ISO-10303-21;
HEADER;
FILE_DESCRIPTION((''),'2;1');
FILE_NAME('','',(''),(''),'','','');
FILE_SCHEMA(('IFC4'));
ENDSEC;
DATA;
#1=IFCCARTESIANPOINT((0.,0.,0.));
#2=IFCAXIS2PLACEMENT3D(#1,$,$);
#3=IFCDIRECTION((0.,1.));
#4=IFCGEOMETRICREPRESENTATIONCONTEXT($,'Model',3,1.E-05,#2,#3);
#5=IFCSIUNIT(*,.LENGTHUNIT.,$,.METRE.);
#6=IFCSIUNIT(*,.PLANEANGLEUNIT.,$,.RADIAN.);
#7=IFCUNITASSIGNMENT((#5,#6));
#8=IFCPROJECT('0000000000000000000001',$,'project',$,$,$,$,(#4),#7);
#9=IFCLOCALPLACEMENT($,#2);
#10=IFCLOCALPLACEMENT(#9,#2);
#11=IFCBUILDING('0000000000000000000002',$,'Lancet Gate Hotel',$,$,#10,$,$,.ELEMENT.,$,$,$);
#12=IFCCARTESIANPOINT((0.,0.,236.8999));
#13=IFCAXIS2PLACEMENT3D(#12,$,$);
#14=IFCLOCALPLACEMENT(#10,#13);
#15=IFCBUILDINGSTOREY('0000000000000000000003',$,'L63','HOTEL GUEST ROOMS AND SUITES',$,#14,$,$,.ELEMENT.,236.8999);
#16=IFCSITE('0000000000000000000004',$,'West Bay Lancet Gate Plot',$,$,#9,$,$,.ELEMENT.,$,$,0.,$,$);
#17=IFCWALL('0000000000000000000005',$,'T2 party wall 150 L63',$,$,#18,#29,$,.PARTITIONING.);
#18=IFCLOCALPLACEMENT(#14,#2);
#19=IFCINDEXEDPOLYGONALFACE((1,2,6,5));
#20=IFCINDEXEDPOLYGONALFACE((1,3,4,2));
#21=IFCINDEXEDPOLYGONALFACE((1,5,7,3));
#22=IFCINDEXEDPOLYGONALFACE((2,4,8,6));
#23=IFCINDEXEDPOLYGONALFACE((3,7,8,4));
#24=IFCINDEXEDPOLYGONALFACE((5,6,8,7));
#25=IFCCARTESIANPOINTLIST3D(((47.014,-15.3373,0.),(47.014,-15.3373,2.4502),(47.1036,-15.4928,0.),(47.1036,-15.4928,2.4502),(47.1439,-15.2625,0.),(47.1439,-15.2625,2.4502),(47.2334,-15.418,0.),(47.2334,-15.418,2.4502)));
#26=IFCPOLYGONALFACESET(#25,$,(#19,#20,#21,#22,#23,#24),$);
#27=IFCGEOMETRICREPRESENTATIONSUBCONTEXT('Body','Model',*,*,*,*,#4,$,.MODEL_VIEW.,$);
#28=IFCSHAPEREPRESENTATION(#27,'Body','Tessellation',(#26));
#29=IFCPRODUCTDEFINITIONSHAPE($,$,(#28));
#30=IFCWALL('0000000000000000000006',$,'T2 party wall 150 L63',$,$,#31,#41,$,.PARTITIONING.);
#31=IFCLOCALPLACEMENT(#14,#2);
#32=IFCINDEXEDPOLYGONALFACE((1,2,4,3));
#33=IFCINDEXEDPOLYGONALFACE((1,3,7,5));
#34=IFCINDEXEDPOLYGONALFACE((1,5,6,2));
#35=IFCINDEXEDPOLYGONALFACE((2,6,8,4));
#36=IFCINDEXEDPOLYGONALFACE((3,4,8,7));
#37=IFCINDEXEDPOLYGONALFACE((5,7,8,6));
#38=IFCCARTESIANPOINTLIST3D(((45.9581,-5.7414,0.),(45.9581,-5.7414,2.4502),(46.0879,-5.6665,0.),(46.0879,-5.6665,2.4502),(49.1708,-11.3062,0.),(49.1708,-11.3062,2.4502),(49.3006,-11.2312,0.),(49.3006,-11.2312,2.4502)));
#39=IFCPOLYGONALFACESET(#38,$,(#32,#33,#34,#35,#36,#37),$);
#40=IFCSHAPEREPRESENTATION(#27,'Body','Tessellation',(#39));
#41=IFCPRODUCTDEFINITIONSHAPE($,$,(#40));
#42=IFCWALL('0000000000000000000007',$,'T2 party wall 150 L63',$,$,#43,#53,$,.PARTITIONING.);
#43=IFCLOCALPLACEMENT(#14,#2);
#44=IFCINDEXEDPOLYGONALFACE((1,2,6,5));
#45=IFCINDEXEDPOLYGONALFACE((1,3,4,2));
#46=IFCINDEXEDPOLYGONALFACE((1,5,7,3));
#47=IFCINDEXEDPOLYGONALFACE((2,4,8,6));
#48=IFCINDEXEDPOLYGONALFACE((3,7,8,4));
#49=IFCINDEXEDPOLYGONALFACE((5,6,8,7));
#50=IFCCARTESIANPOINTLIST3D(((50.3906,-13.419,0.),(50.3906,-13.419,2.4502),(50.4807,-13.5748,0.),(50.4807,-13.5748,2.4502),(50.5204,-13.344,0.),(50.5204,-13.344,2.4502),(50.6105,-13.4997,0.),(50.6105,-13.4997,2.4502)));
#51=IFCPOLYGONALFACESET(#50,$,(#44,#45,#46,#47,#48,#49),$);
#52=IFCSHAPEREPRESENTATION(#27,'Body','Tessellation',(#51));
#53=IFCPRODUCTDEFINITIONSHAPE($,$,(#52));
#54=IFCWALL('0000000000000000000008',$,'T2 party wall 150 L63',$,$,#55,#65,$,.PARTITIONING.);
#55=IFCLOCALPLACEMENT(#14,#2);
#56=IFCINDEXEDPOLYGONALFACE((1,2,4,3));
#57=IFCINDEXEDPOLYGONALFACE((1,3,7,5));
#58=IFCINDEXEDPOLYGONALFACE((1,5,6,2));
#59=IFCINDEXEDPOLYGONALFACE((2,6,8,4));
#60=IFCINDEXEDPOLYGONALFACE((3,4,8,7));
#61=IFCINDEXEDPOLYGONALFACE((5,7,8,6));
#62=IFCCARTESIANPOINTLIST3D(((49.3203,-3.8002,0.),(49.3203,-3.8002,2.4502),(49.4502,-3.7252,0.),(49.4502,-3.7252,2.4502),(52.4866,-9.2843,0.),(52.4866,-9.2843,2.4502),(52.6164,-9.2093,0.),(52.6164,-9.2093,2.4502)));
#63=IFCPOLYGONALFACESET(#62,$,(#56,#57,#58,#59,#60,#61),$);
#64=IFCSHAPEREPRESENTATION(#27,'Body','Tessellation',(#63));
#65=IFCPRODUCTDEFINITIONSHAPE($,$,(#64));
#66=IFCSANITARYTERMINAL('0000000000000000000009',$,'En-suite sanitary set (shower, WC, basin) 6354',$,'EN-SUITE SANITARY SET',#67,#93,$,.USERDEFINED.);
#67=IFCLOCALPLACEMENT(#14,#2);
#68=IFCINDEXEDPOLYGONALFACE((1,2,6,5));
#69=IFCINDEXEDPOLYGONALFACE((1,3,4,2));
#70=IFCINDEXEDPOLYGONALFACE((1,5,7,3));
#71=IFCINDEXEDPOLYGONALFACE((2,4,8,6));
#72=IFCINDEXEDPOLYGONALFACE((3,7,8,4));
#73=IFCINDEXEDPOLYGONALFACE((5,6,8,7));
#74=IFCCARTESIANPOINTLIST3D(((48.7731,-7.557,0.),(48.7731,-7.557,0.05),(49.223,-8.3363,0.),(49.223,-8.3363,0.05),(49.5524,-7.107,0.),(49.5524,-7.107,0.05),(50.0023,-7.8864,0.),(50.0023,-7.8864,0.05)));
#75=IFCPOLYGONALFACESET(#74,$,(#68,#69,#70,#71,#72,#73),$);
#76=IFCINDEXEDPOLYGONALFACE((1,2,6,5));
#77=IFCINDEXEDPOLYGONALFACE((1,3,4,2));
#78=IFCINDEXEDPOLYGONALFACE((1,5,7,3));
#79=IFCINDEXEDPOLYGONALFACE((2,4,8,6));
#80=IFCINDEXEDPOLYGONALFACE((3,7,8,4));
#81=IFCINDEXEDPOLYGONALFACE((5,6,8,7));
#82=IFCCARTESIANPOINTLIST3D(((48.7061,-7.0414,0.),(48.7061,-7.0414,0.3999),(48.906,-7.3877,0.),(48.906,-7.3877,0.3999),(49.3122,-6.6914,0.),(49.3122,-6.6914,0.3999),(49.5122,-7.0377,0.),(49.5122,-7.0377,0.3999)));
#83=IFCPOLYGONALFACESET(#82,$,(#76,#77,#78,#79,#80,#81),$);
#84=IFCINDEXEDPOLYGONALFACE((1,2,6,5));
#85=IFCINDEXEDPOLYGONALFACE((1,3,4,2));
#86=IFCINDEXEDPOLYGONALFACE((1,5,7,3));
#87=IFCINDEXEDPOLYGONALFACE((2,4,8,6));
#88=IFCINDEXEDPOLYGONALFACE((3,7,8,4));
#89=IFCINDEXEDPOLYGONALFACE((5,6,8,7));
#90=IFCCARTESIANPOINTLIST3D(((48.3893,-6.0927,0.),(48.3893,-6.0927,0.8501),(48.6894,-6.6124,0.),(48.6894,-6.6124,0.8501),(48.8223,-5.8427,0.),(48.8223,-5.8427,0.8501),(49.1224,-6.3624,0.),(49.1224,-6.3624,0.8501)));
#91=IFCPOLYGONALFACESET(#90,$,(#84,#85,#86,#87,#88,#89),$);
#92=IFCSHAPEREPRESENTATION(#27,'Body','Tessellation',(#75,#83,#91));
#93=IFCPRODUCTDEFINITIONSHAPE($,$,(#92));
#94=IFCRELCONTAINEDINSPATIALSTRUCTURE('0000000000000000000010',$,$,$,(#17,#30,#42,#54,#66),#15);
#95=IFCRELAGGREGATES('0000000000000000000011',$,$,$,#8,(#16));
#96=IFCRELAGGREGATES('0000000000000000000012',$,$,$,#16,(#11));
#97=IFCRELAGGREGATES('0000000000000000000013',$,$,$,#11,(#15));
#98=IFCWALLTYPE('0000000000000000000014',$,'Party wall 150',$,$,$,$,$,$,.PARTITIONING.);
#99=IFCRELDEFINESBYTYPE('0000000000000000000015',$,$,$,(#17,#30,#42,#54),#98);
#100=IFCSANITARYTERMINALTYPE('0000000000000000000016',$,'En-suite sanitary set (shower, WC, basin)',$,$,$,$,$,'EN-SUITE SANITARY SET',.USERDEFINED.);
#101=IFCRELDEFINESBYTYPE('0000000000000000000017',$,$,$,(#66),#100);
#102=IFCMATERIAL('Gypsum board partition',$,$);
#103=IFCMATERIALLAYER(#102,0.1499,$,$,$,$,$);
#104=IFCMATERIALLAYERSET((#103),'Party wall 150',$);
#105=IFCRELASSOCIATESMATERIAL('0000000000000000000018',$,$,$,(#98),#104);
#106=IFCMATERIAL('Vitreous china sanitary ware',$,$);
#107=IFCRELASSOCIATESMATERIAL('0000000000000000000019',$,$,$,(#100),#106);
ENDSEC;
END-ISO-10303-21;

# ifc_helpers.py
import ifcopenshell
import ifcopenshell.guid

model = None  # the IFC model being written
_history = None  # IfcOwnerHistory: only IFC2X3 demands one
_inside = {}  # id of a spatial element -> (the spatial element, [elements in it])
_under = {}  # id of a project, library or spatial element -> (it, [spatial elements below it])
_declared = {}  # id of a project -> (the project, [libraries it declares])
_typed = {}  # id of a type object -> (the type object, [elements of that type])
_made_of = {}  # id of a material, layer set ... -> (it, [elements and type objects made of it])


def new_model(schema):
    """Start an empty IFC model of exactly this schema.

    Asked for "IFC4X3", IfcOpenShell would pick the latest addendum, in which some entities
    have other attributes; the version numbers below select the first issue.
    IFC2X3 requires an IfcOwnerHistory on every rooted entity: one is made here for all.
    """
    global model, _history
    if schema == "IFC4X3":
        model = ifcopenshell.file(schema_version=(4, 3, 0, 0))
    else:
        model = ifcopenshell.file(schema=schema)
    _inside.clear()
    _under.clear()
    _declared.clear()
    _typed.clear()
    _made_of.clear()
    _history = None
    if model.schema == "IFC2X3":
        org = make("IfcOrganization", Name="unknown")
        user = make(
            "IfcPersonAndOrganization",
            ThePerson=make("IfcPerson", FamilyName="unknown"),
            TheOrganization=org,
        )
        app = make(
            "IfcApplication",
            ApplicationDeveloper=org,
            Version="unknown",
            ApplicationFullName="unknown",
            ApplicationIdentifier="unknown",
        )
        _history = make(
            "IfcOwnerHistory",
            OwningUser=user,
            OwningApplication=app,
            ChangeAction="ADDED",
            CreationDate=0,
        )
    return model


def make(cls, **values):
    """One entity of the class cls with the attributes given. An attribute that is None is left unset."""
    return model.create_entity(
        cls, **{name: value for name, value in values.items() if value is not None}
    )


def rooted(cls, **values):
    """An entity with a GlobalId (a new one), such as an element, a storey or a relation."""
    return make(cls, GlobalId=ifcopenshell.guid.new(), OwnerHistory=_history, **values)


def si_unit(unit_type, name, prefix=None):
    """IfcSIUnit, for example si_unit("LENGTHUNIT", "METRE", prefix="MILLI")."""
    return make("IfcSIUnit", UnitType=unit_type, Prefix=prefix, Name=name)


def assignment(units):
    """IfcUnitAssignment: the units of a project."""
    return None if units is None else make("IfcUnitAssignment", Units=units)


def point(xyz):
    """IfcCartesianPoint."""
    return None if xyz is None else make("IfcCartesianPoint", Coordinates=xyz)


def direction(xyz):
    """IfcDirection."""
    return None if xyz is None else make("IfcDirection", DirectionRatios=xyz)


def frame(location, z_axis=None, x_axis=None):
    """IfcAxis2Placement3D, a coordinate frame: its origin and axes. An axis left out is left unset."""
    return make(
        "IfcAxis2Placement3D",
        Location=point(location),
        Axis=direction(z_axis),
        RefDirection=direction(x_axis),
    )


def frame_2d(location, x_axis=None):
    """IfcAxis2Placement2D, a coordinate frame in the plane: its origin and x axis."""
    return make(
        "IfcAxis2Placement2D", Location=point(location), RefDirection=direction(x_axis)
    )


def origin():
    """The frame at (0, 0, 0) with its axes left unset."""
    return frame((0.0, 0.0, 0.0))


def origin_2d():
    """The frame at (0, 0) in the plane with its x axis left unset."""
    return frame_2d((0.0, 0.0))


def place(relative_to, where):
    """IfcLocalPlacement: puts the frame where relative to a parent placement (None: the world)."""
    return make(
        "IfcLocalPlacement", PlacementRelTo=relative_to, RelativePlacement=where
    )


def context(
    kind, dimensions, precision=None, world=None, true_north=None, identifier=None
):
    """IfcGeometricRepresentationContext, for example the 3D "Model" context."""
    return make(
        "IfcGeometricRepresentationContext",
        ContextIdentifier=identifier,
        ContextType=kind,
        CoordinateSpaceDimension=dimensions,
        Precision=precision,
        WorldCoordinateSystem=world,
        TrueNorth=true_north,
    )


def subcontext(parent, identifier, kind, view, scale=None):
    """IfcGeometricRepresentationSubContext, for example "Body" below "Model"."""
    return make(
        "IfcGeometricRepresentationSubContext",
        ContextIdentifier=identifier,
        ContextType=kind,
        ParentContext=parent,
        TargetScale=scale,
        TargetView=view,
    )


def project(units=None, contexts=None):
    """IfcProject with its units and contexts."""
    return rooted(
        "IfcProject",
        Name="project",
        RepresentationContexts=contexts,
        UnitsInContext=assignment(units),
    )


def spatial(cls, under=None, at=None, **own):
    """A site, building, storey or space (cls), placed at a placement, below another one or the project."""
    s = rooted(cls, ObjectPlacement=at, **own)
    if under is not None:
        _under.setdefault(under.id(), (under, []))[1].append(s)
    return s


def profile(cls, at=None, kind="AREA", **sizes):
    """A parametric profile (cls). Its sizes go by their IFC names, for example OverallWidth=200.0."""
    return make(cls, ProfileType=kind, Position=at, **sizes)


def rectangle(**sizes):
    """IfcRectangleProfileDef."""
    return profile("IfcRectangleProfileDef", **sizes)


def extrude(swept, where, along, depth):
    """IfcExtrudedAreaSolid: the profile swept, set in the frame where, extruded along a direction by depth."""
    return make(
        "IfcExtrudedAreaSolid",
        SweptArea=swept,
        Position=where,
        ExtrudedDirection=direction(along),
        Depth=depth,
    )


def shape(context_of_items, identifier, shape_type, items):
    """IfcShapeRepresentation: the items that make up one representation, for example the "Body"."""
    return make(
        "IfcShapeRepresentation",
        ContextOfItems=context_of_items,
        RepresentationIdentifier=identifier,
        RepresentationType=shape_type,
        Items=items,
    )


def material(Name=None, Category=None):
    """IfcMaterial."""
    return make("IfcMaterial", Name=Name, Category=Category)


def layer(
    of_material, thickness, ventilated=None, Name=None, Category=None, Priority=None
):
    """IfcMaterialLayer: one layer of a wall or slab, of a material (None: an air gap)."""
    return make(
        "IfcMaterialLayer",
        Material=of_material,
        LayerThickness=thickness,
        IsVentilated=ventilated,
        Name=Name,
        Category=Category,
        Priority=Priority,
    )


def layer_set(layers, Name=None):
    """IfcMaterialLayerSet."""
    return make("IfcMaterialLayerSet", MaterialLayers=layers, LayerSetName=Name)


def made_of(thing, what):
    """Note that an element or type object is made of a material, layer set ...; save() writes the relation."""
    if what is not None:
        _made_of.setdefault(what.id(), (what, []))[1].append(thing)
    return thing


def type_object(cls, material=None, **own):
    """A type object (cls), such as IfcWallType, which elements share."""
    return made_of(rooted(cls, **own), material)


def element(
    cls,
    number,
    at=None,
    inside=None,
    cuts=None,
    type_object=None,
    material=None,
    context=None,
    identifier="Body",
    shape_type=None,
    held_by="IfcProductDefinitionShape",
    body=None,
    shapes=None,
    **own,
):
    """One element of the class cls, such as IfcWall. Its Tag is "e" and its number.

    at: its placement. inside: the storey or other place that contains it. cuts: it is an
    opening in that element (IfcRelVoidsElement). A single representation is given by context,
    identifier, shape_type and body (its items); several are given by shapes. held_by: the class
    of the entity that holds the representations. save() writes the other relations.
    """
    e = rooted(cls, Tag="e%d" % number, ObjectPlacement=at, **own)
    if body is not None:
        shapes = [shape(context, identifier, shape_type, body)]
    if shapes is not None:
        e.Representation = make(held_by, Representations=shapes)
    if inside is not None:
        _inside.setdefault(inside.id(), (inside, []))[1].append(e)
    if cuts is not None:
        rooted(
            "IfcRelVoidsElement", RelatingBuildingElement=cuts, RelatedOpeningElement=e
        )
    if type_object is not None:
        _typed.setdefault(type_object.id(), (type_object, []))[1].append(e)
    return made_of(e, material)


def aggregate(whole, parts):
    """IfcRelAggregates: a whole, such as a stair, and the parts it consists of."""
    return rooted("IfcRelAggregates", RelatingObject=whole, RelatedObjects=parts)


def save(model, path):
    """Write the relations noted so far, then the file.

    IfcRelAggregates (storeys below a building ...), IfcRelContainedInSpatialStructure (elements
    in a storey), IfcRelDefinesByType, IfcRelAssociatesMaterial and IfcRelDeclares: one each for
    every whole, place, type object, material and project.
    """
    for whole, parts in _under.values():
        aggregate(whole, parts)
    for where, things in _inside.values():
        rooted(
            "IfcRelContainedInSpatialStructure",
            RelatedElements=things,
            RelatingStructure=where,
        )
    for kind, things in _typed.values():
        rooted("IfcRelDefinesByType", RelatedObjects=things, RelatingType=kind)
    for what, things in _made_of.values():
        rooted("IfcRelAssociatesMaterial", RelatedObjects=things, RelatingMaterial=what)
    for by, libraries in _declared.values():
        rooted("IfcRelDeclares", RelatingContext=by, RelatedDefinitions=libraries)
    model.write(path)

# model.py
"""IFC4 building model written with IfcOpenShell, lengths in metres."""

from ifc_helpers import new_model, si_unit, direction, frame, frame_2d, origin, origin_2d, place, context, subcontext, project, spatial, rectangle, extrude, material, layer, layer_set, type_object, element, save


model = new_model("IFC4")

# Units and contexts
model_context = context("Model", 3, precision=1e-05, world=origin(), true_north=direction((0.0, 1.0)))
body_context = subcontext(model_context, "Body", "Model", "MODEL_VIEW")
ifc_project = project(units=[si_unit("LENGTHUNIT", "METRE"), si_unit("PLANEANGLEUNIT", "RADIAN")], contexts=[model_context])

# Site, building, storey
site_placement = place(None, origin())
site = spatial("IfcSite", under=ifc_project, at=site_placement, Name="West Bay Lancet Gate Plot", CompositionType="ELEMENT", RefElevation=0.0)
building_placement = place(site_placement, origin())
building = spatial("IfcBuilding", under=site, at=building_placement, Name="Lancet Gate Hotel", CompositionType="ELEMENT")
storey_placement = place(building_placement, frame((0.0, 0.0, 236.8999)))
storey = spatial("IfcBuildingStorey", under=building, at=storey_placement, Name="L63", Description="HOTEL GUEST ROOMS AND SUITES", CompositionType="ELEMENT", Elevation=236.8999)

# Walls
ifc_material_1 = material(Name="Gypsum board partition")
ifc_layer_1 = layer(ifc_material_1, 0.1499)
ifc_layer_set_1 = layer_set([ifc_layer_1], Name="Party wall 150")
wall_type_1 = type_object("IfcWallType", Name="Party wall 150", PredefinedType="PARTITIONING", material=ifc_layer_set_1)
wall_1_placement = place(storey_placement, frame((47.0789, -15.2998, 0.0), z_axis=(0.0, 0.0, 1.0), x_axis=(0.499212, -0.86648, 0.0)))
element("IfcWall", 1, at=wall_1_placement, inside=storey, type_object=wall_type_1, Name="T2 party wall 150 L63", PredefinedType="PARTITIONING", context=body_context, shape_type="SweptSolid", body=[
    extrude(rectangle(XDim=0.1794, YDim=0.1499, at=frame_2d((0.0898, 0.0))), origin(), (0.0, 0.0, 1.0), 2.4502),
])
wall_2_placement = place(storey_placement, frame((46.0229, -5.7039, 0.0), z_axis=(0.0, 0.0, 1.0), x_axis=(0.499984, -0.866034, 0.0)))
element("IfcWall", 2, at=wall_2_placement, inside=storey, type_object=wall_type_1, Name="T2 party wall 150 L63", PredefinedType="PARTITIONING", context=body_context, shape_type="SweptSolid", body=[
    extrude(rectangle(XDim=6.4255, YDim=0.1499, at=frame_2d((3.2129, 0.0))), origin(), (0.0, 0.0, 1.0), 2.4502),
])
wall_3_placement = place(storey_placement, frame((50.4556, -13.3816, 0.0), z_axis=(0.0, 0.0, 1.0), x_axis=(0.500662, -0.865643, 0.0)))
element("IfcWall", 3, at=wall_3_placement, inside=storey, type_object=wall_type_1, Name="T2 party wall 150 L63", PredefinedType="PARTITIONING", context=body_context, shape_type="SweptSolid", body=[
    extrude(rectangle(XDim=0.1799, YDim=0.1499, at=frame_2d((0.0898, 0.0))), origin(), (0.0, 0.0, 1.0), 2.4502),
])
wall_4_placement = place(storey_placement, frame((49.3853, -3.7627, 0.0), z_axis=(0.0, 0.0, 1.0), x_axis=(0.499999, -0.866026, 0.0)))
element("IfcWall", 4, at=wall_4_placement, inside=storey, type_object=wall_type_1, Name="T2 party wall 150 L63", PredefinedType="PARTITIONING", context=body_context, shape_type="SweptSolid", body=[
    extrude(rectangle(XDim=6.3325, YDim=0.1499, at=frame_2d((3.1663, 0.0))), origin(), (0.0, 0.0, 1.0), 2.4502),
])

# Sanitary terminal
ifc_material_2 = material(Name="Vitreous china sanitary ware")
sanitary_terminal_type = type_object("IfcSanitaryTerminalType", Name="En-suite sanitary set (shower, WC, basin)", ElementType="EN-SUITE SANITARY SET", PredefinedType="USERDEFINED", material=ifc_material_2)
sanitary_terminal_placement = place(storey_placement, frame((49.3877, -7.7217, 0.0), z_axis=(0.0, 0.0, 1.0), x_axis=(1.0, 0.0, 0.0)))
element("IfcSanitaryTerminal", 5, at=sanitary_terminal_placement, inside=storey, type_object=sanitary_terminal_type, Name="En-suite sanitary set (shower, WC, basin) 6354", ObjectType="EN-SUITE SANITARY SET", PredefinedType="USERDEFINED", context=body_context, shape_type="SweptSolid", body=[
    extrude(rectangle(XDim=0.8999, YDim=0.8999, at=origin_2d()), frame((0.0, 0.0, 0.0), z_axis=(0.0, 0.0, 1.0), x_axis=(0.5, -0.866025, 0.0)), (0.0, 0.0, 1.0), 0.05),
    extrude(rectangle(XDim=0.3999, YDim=0.7, at=origin_2d()), frame((-0.2786, 0.6821, 0.0), z_axis=(0.0, 0.0, 1.0), x_axis=(0.5, -0.866025, 0.0)), (0.0, 0.0, 1.0), 0.3999),
    extrude(rectangle(XDim=0.6001, YDim=0.5, at=origin_2d()), frame((-0.6318, 1.4941, 0.0), z_axis=(0.0, 0.0, 1.0), x_axis=(0.5, -0.866025, 0.0)), (0.0, 0.0, 1.0), 0.8501),
])

save(model, "model.ifc")
